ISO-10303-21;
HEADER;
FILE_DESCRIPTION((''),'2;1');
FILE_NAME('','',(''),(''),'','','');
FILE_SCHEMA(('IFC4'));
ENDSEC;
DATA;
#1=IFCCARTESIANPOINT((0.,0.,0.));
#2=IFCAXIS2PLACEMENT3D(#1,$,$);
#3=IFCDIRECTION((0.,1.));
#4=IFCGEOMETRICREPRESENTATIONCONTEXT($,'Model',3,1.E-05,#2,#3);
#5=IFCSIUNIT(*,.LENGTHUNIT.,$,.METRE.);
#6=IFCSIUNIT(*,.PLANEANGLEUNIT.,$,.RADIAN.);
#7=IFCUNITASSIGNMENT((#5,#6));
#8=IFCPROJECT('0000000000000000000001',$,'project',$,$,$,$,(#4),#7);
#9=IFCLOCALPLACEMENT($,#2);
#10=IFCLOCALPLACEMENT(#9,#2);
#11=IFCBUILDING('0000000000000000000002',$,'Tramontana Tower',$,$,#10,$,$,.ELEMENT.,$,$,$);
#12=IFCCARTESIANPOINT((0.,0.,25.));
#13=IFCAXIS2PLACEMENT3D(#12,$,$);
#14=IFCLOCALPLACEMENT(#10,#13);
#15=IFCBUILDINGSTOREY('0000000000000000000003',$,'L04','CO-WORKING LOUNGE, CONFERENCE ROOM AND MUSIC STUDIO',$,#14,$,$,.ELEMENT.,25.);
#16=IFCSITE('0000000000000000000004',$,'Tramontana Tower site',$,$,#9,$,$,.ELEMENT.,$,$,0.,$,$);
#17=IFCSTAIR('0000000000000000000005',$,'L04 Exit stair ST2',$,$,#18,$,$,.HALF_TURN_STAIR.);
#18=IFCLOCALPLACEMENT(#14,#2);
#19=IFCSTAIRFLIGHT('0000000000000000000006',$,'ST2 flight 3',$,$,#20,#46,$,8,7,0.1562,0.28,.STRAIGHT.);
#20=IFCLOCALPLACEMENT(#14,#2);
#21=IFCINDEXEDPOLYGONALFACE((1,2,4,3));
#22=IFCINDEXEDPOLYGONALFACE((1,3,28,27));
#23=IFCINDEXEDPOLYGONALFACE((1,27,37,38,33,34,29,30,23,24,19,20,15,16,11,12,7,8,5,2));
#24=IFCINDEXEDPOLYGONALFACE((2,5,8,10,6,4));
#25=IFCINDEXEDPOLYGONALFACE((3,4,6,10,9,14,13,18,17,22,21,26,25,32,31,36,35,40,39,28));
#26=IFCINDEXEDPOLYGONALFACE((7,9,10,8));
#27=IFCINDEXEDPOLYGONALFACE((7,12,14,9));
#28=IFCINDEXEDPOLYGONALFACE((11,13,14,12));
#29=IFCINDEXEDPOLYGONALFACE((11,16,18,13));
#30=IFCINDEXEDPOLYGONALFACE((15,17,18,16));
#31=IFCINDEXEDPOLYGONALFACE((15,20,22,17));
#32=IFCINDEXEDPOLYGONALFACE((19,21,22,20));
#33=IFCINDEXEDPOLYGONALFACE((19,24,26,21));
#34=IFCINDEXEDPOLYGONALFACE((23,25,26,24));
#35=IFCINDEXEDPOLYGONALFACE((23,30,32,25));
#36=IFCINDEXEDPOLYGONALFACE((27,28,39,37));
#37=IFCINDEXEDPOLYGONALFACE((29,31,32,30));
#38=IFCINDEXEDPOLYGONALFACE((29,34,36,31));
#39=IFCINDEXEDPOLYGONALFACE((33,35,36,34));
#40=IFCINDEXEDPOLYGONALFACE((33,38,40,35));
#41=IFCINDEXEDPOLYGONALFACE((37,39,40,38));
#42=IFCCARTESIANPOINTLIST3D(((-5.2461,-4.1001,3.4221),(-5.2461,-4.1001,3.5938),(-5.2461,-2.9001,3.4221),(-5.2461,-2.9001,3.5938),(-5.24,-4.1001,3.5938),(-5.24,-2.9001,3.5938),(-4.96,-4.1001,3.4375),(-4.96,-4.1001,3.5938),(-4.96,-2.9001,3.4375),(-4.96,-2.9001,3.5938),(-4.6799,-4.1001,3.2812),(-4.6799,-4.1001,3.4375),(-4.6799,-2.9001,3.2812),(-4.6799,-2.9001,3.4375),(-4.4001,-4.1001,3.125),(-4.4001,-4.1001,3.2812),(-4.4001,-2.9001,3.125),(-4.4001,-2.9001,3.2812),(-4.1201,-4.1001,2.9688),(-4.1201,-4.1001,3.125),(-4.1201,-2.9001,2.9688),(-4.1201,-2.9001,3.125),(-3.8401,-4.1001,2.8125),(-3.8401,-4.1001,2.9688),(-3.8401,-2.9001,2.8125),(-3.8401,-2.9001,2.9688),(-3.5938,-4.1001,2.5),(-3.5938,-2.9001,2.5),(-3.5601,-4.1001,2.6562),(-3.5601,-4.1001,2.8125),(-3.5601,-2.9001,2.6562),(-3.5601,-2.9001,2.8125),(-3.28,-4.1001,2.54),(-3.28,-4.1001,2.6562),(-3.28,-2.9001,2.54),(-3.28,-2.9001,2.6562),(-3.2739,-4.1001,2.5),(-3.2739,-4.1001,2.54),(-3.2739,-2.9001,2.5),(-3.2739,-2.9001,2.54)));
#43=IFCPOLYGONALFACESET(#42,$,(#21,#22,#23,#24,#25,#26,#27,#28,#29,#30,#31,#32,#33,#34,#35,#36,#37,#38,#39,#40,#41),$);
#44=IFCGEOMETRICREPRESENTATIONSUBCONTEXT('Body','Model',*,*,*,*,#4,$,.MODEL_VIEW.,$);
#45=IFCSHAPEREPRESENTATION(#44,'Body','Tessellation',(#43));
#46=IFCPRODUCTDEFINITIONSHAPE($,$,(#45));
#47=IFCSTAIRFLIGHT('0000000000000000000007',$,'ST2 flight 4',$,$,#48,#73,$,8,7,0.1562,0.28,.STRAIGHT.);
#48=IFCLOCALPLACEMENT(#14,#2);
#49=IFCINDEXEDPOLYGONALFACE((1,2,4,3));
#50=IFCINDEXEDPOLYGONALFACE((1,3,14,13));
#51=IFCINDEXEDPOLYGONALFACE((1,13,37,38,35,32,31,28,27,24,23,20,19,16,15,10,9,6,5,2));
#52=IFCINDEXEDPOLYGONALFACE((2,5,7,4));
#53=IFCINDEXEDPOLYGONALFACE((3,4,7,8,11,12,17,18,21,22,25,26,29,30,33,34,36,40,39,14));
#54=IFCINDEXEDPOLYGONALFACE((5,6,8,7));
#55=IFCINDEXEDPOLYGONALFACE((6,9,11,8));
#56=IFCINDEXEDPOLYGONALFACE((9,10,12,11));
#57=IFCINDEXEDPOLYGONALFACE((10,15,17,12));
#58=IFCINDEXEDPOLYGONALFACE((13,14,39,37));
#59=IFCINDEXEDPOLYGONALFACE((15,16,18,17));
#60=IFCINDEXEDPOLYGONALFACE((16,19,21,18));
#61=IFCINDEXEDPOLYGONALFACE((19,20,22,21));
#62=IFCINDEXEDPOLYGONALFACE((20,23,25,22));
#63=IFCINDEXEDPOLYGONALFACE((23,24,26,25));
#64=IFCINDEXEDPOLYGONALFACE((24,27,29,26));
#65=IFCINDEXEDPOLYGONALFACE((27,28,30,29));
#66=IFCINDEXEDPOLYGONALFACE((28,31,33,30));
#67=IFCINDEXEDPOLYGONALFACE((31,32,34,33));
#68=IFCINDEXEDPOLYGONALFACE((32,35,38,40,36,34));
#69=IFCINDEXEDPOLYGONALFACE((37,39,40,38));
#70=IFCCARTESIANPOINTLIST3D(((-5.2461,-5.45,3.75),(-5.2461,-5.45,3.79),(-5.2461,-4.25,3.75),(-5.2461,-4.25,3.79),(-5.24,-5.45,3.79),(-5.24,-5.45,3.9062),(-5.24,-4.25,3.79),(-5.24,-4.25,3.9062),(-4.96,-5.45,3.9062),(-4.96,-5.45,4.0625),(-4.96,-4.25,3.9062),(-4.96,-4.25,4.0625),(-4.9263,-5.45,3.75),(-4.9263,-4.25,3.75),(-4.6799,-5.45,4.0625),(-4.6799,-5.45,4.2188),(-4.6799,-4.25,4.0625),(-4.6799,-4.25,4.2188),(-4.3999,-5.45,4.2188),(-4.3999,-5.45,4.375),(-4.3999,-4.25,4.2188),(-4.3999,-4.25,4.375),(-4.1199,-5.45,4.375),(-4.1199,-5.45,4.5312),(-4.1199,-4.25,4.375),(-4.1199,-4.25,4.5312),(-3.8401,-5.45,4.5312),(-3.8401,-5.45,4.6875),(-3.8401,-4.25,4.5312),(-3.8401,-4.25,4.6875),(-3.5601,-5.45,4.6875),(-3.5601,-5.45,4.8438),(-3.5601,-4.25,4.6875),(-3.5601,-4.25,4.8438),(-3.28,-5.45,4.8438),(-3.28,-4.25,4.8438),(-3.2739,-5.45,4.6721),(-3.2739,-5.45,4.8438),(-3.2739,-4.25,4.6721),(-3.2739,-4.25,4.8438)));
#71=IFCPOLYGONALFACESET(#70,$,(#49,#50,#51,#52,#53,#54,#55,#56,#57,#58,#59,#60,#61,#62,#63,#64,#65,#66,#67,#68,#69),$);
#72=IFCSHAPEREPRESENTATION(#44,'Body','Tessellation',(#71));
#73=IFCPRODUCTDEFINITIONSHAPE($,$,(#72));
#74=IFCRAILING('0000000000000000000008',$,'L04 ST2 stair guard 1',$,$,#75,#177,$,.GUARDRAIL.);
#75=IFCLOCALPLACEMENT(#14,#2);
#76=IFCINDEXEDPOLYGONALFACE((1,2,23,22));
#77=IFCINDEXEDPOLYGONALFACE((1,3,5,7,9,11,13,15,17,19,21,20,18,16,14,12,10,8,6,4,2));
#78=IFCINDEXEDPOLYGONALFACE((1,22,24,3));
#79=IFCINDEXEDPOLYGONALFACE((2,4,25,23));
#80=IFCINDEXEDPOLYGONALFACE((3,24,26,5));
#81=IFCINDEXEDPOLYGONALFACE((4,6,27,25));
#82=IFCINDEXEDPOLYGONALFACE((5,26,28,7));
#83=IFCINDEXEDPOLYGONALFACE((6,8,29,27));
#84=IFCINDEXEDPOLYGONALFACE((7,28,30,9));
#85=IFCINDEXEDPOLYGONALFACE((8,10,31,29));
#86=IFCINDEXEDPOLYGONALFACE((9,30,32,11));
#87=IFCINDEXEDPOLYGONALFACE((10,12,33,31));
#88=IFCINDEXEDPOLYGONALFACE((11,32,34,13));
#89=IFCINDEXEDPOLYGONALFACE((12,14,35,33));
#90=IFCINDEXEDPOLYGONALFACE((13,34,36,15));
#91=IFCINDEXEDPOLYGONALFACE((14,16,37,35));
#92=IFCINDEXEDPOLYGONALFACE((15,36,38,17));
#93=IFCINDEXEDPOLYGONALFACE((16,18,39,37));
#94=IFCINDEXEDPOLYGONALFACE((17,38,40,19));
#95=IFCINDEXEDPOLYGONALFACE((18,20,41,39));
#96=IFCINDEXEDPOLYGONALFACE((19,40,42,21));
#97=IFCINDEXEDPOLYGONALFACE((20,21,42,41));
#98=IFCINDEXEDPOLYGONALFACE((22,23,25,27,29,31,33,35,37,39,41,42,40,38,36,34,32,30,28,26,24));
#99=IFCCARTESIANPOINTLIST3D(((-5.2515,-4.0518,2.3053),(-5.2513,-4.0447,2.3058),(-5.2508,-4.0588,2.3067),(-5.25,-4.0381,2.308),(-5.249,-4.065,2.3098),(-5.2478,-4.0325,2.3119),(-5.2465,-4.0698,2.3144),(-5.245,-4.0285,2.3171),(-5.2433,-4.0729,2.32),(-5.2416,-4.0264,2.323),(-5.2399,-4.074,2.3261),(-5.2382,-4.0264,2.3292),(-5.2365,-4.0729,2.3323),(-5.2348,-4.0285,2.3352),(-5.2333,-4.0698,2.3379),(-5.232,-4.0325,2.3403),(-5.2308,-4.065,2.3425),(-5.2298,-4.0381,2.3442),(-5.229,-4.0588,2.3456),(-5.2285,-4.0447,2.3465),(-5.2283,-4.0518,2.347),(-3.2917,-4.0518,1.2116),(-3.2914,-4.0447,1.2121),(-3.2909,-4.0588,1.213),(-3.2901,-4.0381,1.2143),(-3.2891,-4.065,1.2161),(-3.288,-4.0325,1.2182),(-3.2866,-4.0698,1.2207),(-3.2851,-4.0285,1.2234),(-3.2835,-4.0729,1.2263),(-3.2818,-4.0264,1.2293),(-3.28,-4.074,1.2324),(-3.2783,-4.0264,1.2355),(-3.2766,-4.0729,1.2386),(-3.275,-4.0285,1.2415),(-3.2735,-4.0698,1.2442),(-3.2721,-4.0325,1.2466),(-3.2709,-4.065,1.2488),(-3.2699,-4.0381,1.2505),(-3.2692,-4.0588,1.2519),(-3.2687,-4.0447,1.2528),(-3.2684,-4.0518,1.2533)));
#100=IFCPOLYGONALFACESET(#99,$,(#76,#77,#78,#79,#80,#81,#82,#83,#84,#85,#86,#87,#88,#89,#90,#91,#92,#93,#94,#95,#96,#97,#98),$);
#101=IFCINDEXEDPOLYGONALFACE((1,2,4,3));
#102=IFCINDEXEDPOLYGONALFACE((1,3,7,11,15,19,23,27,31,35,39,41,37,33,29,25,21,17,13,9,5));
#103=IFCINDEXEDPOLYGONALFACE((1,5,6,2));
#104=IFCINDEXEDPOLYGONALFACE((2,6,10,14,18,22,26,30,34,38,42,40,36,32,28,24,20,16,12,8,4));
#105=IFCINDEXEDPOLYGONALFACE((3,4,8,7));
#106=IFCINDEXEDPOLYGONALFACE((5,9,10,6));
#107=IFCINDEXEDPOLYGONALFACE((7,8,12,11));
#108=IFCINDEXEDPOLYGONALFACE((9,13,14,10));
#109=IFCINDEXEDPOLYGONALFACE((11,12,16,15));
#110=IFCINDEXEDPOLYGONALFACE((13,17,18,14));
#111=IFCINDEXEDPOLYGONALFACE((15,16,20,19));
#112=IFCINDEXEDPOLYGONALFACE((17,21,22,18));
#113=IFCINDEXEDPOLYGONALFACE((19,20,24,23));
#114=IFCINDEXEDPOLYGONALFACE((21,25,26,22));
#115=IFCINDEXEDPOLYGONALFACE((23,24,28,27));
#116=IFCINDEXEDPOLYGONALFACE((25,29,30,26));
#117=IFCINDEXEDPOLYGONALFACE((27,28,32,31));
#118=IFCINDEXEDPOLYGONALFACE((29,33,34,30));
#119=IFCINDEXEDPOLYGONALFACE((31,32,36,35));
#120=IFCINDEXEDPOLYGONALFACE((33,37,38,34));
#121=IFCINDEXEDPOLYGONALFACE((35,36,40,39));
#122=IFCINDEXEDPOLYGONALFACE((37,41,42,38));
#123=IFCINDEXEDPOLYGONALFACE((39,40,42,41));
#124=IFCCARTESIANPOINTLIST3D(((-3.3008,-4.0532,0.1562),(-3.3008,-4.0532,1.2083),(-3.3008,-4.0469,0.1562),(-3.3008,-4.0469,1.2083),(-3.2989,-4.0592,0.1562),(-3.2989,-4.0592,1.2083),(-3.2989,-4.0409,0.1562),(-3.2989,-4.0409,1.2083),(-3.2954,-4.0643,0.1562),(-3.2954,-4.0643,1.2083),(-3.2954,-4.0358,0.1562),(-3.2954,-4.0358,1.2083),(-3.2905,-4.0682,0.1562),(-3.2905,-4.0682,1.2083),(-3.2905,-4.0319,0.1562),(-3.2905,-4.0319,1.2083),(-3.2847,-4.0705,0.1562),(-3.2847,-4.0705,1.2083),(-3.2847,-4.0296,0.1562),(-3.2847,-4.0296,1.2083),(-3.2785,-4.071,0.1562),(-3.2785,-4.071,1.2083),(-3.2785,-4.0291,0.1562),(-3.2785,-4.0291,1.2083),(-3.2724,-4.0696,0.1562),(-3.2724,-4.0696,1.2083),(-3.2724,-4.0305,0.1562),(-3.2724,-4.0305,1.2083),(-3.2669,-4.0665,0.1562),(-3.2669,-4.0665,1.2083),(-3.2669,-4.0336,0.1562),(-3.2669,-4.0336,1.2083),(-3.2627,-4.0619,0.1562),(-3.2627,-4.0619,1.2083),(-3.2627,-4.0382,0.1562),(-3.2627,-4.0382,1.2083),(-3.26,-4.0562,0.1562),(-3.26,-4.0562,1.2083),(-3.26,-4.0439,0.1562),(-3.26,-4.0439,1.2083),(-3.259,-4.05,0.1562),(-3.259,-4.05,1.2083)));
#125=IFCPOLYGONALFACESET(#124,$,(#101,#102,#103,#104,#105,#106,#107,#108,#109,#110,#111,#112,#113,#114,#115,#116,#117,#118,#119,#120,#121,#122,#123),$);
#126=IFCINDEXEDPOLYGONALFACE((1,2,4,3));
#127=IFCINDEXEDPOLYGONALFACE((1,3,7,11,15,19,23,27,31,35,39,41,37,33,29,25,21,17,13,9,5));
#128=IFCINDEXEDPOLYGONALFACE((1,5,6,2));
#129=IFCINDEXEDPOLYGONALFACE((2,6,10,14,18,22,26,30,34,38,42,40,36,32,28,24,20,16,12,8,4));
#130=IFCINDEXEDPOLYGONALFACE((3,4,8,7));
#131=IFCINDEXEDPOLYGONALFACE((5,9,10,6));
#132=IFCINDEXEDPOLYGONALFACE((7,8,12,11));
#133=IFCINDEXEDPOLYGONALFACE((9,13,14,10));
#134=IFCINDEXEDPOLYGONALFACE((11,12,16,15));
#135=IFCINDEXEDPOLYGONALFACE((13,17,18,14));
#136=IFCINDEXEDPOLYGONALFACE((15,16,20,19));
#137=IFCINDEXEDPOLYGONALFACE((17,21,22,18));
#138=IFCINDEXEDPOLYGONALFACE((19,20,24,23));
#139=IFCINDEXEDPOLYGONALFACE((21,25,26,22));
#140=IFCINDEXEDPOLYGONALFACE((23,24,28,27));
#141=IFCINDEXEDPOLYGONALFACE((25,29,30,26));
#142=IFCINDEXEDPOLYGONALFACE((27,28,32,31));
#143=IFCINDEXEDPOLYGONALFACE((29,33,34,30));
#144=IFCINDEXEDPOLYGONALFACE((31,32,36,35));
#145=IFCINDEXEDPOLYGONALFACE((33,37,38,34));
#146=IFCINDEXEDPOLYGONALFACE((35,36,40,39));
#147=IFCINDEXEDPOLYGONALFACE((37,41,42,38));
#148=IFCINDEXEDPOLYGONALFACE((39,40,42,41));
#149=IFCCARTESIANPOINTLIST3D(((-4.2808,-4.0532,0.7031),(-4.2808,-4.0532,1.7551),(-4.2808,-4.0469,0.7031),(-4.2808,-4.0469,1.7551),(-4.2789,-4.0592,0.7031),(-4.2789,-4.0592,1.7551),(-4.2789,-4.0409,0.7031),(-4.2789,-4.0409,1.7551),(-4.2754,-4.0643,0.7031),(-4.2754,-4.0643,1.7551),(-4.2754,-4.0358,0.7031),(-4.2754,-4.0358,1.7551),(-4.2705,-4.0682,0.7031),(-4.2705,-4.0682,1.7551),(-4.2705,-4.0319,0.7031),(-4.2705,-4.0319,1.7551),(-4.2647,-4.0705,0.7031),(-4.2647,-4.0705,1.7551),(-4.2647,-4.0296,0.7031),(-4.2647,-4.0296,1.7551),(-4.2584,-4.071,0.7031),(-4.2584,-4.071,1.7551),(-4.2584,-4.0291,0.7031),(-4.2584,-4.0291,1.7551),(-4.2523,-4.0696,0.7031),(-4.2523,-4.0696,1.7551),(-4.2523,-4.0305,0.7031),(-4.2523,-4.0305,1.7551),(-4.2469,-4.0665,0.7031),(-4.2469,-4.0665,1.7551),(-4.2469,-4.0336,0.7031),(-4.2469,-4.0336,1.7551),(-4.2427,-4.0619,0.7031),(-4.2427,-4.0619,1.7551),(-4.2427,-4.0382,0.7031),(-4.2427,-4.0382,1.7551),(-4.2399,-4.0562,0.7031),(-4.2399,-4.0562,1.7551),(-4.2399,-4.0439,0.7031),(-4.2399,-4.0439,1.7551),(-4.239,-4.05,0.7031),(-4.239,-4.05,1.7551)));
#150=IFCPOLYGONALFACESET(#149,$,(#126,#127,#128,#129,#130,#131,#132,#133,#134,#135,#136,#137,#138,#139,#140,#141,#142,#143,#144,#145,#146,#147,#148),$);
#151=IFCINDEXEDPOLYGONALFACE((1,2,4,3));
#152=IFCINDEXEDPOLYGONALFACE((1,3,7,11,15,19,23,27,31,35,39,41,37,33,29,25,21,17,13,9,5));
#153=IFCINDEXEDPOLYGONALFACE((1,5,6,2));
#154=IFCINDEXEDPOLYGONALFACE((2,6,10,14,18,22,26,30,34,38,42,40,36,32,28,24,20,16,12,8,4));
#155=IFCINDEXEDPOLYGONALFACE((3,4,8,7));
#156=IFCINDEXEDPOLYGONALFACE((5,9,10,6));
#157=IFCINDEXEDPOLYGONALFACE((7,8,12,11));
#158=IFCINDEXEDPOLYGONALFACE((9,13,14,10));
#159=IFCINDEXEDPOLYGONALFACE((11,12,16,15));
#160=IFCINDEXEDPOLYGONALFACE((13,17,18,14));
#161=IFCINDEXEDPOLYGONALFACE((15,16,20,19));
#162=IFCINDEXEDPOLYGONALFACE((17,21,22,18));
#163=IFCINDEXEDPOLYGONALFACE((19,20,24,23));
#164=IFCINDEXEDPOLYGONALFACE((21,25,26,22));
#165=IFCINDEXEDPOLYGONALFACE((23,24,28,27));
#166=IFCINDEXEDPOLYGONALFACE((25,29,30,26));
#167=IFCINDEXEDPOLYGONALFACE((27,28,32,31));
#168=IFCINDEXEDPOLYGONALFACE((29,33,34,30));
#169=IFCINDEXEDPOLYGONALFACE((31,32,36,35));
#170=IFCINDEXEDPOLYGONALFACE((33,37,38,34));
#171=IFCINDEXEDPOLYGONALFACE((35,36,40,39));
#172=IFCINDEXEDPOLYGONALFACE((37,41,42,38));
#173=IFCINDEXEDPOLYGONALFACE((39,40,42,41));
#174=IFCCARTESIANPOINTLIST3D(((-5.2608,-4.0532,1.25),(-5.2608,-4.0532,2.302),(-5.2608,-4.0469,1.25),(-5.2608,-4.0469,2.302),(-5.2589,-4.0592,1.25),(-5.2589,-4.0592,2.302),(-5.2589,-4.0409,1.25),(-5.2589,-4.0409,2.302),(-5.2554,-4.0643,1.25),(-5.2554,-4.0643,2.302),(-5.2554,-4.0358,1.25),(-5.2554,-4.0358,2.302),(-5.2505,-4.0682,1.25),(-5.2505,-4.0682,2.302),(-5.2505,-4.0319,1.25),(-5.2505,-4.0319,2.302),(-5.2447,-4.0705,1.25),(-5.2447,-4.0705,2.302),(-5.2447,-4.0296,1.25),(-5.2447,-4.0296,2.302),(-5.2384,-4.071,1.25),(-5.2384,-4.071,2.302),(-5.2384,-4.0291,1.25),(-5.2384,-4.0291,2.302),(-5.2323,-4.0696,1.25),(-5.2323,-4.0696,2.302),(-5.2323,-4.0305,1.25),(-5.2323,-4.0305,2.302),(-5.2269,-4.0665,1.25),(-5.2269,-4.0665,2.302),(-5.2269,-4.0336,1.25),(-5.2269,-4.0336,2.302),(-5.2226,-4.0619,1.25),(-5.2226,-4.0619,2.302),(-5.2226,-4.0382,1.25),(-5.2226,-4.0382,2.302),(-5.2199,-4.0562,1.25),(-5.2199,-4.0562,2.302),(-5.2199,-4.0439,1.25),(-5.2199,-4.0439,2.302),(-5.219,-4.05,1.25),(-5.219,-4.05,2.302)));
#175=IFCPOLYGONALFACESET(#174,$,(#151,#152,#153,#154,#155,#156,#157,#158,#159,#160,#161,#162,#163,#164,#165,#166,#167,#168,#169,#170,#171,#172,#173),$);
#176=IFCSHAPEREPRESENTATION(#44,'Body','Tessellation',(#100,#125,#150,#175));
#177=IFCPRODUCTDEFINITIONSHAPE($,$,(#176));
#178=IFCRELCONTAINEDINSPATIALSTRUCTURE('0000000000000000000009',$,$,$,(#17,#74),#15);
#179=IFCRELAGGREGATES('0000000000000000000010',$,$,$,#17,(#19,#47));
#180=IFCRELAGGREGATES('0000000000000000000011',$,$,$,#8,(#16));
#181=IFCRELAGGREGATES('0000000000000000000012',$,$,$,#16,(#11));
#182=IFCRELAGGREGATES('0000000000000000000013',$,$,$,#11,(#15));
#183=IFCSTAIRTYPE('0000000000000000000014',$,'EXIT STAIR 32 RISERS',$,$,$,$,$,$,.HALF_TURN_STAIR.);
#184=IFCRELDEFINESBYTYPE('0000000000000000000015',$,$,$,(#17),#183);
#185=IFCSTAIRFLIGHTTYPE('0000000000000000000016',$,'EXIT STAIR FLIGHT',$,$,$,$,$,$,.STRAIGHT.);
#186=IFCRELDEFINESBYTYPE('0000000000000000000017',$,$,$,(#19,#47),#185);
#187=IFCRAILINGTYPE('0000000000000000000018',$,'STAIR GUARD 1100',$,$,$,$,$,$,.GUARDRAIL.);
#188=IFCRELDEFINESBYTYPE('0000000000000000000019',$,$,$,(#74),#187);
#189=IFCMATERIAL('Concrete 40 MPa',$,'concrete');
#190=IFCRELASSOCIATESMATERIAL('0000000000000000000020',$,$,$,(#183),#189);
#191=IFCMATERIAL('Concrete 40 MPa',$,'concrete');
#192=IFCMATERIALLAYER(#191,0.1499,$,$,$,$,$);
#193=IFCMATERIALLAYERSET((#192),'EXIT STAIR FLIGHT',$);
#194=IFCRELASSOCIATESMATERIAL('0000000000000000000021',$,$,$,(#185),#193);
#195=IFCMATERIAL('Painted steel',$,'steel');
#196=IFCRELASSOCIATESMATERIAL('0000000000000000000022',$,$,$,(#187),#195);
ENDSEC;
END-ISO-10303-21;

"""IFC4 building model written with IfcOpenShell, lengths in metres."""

from ifc_helpers import new_model, si_unit, direction, frame, origin, origin_2d, place, context, subcontext, project, spatial, polyline, circle, outline, extrude, material, layer, layer_set, type_object, element, aggregate, save


model = new_model("IFC4")

# Units and contexts
model_context = context("Model", 3, precision=1e-05, world=origin(), true_north=direction((0.0, 1.0)))
body_context = subcontext(model_context, "Body", "Model", "MODEL_VIEW")
ifc_project = project(units=[si_unit("LENGTHUNIT", "METRE"), si_unit("PLANEANGLEUNIT", "RADIAN")], contexts=[model_context])

# Site, building, storey
site_placement = place(None, origin())
site = spatial("IfcSite", under=ifc_project, at=site_placement, Name="Tramontana Tower site", CompositionType="ELEMENT", RefElevation=0.0)
building_placement = place(site_placement, origin())
building = spatial("IfcBuilding", under=site, at=building_placement, Name="Tramontana Tower", CompositionType="ELEMENT")
storey_placement = place(building_placement, frame((0.0, 0.0, 25.0)))
storey = spatial("IfcBuildingStorey", under=building, at=storey_placement, Name="L04", Description="CO-WORKING LOUNGE, CONFERENCE ROOM AND MUSIC STUDIO", CompositionType="ELEMENT", Elevation=25.0)

# Stair, stair flights
ifc_material_1 = material(Name="Concrete 40 MPa", Category="concrete")
stair_type = type_object("IfcStairType", Name="EXIT STAIR 32 RISERS", PredefinedType="HALF_TURN_STAIR", material=ifc_material_1)
stair_placement = place(storey_placement, origin())
stair = element("IfcStair", 1, at=stair_placement, inside=storey, type_object=stair_type, Name="L04 Exit stair ST2", PredefinedType="HALF_TURN_STAIR")
ifc_material_2 = material(Name="Concrete 40 MPa", Category="concrete")
ifc_layer_1 = layer(ifc_material_2, 0.1499)
ifc_layer_set_1 = layer_set([ifc_layer_1], Name="EXIT STAIR FLIGHT")
stair_flight_type = type_object("IfcStairFlightType", Name="EXIT STAIR FLIGHT", PredefinedType="STRAIGHT", material=ifc_layer_set_1)
stair_flight_1_placement = place(storey_placement, frame((-3.28, -3.5, 2.5), z_axis=(0.0, 0.0, 1.0), x_axis=(-1.0, 0.0, 0.0)))
stair_flight_1 = element("IfcStairFlight", 2, at=stair_flight_1_placement, type_object=stair_flight_type, Name="ST2 flight 3", NumberOfRisers=8, NumberOfTreads=7, PredefinedType="STRAIGHT", RiserHeight=0.1562, TreadLength=0.28, context=body_context, shape_type="SweptSolid", body=[
    extrude(outline(polyline([(-0.0061, 0.0), (-0.0061, 0.04), (0.0, 0.04), (0.0, 0.1562), (0.28, 0.1562), (0.28, 0.3125), (0.5601, 0.3125), (0.5601, 0.4688), (0.8401, 0.4688), (0.8401, 0.625), (1.1201, 0.625), (1.1201, 0.7812), (1.3999, 0.7812), (1.3999, 0.9375), (1.6799, 0.9375), (1.6799, 1.0938), (1.96, 1.0938), (1.9661, 1.0938), (1.9661, 0.9221), (0.3137, 0.0), (-0.0061, 0.0)])), frame((0.0, 0.6001, 0.0), z_axis=(0.0, -1.0, 0.0), x_axis=(1.0, 0.0, 0.0)), (0.0, 0.0, 1.0), 1.2),
])
stair_flight_2_placement = place(storey_placement, frame((-5.24, -4.8501, 3.75), z_axis=(0.0, 0.0, 1.0), x_axis=(1.0, 0.0, 0.0)))
stair_flight_2 = element("IfcStairFlight", 3, at=stair_flight_2_placement, type_object=stair_flight_type, Name="ST2 flight 4", NumberOfRisers=8, NumberOfTreads=7, PredefinedType="STRAIGHT", RiserHeight=0.1562, TreadLength=0.28, context=body_context, shape_type="SweptSolid", body=[
    extrude(outline(polyline([(-0.0061, 0.0), (-0.0061, 0.04), (0.0, 0.04), (0.0, 0.1562), (0.28, 0.1562), (0.28, 0.3125), (0.5601, 0.3125), (0.5601, 0.4688), (0.8401, 0.4688), (0.8401, 0.625), (1.1201, 0.625), (1.1201, 0.7812), (1.3999, 0.7812), (1.3999, 0.9375), (1.6799, 0.9375), (1.6799, 1.0938), (1.96, 1.0938), (1.9661, 1.0938), (1.9661, 0.9221), (0.3137, 0.0), (-0.0061, 0.0)])), frame((0.0, 0.6001, 0.0), z_axis=(0.0, -1.0, 0.0), x_axis=(1.0, 0.0, 0.0)), (0.0, 0.0, 1.0), 1.2),
])
aggregate(stair, [stair_flight_1, stair_flight_2])

# Railing
ifc_material_3 = material(Name="Painted steel", Category="steel")
railing_type_1 = type_object("IfcRailingType", Name="STAIR GUARD 1100", PredefinedType="GUARDRAIL", material=ifc_material_3)
railing_1_placement = place(storey_placement, frame((-3.28, -4.05, 0.1562)))
element("IfcRailing", 4, at=railing_1_placement, inside=storey, type_object=railing_type_1, Name="L04 ST2 stair guard 1", PredefinedType="GUARDRAIL", context=body_context, shape_type="SweptSolid", body=[
    extrude(circle(Radius=0.0239, at=origin_2d()), frame((0.0, 0.0, 1.0762), z_axis=(-0.873232, 0.0, 0.487304), x_axis=(0.0, -1.0, 0.0)), (0.0, 0.0, 1.0), 2.2444),
    extrude(circle(Radius=0.021, at=origin_2d()), origin(), (0.0, 0.0, 1.0), 1.052),
    extrude(circle(Radius=0.021, at=origin_2d()), frame((-0.98, 0.0, 0.5469)), (0.0, 0.0, 1.0), 1.052),
    extrude(circle(Radius=0.021, at=origin_2d()), frame((-1.96, 0.0, 1.0938)), (0.0, 0.0, 1.0), 1.052),
])

save(model, "model.ifc")
